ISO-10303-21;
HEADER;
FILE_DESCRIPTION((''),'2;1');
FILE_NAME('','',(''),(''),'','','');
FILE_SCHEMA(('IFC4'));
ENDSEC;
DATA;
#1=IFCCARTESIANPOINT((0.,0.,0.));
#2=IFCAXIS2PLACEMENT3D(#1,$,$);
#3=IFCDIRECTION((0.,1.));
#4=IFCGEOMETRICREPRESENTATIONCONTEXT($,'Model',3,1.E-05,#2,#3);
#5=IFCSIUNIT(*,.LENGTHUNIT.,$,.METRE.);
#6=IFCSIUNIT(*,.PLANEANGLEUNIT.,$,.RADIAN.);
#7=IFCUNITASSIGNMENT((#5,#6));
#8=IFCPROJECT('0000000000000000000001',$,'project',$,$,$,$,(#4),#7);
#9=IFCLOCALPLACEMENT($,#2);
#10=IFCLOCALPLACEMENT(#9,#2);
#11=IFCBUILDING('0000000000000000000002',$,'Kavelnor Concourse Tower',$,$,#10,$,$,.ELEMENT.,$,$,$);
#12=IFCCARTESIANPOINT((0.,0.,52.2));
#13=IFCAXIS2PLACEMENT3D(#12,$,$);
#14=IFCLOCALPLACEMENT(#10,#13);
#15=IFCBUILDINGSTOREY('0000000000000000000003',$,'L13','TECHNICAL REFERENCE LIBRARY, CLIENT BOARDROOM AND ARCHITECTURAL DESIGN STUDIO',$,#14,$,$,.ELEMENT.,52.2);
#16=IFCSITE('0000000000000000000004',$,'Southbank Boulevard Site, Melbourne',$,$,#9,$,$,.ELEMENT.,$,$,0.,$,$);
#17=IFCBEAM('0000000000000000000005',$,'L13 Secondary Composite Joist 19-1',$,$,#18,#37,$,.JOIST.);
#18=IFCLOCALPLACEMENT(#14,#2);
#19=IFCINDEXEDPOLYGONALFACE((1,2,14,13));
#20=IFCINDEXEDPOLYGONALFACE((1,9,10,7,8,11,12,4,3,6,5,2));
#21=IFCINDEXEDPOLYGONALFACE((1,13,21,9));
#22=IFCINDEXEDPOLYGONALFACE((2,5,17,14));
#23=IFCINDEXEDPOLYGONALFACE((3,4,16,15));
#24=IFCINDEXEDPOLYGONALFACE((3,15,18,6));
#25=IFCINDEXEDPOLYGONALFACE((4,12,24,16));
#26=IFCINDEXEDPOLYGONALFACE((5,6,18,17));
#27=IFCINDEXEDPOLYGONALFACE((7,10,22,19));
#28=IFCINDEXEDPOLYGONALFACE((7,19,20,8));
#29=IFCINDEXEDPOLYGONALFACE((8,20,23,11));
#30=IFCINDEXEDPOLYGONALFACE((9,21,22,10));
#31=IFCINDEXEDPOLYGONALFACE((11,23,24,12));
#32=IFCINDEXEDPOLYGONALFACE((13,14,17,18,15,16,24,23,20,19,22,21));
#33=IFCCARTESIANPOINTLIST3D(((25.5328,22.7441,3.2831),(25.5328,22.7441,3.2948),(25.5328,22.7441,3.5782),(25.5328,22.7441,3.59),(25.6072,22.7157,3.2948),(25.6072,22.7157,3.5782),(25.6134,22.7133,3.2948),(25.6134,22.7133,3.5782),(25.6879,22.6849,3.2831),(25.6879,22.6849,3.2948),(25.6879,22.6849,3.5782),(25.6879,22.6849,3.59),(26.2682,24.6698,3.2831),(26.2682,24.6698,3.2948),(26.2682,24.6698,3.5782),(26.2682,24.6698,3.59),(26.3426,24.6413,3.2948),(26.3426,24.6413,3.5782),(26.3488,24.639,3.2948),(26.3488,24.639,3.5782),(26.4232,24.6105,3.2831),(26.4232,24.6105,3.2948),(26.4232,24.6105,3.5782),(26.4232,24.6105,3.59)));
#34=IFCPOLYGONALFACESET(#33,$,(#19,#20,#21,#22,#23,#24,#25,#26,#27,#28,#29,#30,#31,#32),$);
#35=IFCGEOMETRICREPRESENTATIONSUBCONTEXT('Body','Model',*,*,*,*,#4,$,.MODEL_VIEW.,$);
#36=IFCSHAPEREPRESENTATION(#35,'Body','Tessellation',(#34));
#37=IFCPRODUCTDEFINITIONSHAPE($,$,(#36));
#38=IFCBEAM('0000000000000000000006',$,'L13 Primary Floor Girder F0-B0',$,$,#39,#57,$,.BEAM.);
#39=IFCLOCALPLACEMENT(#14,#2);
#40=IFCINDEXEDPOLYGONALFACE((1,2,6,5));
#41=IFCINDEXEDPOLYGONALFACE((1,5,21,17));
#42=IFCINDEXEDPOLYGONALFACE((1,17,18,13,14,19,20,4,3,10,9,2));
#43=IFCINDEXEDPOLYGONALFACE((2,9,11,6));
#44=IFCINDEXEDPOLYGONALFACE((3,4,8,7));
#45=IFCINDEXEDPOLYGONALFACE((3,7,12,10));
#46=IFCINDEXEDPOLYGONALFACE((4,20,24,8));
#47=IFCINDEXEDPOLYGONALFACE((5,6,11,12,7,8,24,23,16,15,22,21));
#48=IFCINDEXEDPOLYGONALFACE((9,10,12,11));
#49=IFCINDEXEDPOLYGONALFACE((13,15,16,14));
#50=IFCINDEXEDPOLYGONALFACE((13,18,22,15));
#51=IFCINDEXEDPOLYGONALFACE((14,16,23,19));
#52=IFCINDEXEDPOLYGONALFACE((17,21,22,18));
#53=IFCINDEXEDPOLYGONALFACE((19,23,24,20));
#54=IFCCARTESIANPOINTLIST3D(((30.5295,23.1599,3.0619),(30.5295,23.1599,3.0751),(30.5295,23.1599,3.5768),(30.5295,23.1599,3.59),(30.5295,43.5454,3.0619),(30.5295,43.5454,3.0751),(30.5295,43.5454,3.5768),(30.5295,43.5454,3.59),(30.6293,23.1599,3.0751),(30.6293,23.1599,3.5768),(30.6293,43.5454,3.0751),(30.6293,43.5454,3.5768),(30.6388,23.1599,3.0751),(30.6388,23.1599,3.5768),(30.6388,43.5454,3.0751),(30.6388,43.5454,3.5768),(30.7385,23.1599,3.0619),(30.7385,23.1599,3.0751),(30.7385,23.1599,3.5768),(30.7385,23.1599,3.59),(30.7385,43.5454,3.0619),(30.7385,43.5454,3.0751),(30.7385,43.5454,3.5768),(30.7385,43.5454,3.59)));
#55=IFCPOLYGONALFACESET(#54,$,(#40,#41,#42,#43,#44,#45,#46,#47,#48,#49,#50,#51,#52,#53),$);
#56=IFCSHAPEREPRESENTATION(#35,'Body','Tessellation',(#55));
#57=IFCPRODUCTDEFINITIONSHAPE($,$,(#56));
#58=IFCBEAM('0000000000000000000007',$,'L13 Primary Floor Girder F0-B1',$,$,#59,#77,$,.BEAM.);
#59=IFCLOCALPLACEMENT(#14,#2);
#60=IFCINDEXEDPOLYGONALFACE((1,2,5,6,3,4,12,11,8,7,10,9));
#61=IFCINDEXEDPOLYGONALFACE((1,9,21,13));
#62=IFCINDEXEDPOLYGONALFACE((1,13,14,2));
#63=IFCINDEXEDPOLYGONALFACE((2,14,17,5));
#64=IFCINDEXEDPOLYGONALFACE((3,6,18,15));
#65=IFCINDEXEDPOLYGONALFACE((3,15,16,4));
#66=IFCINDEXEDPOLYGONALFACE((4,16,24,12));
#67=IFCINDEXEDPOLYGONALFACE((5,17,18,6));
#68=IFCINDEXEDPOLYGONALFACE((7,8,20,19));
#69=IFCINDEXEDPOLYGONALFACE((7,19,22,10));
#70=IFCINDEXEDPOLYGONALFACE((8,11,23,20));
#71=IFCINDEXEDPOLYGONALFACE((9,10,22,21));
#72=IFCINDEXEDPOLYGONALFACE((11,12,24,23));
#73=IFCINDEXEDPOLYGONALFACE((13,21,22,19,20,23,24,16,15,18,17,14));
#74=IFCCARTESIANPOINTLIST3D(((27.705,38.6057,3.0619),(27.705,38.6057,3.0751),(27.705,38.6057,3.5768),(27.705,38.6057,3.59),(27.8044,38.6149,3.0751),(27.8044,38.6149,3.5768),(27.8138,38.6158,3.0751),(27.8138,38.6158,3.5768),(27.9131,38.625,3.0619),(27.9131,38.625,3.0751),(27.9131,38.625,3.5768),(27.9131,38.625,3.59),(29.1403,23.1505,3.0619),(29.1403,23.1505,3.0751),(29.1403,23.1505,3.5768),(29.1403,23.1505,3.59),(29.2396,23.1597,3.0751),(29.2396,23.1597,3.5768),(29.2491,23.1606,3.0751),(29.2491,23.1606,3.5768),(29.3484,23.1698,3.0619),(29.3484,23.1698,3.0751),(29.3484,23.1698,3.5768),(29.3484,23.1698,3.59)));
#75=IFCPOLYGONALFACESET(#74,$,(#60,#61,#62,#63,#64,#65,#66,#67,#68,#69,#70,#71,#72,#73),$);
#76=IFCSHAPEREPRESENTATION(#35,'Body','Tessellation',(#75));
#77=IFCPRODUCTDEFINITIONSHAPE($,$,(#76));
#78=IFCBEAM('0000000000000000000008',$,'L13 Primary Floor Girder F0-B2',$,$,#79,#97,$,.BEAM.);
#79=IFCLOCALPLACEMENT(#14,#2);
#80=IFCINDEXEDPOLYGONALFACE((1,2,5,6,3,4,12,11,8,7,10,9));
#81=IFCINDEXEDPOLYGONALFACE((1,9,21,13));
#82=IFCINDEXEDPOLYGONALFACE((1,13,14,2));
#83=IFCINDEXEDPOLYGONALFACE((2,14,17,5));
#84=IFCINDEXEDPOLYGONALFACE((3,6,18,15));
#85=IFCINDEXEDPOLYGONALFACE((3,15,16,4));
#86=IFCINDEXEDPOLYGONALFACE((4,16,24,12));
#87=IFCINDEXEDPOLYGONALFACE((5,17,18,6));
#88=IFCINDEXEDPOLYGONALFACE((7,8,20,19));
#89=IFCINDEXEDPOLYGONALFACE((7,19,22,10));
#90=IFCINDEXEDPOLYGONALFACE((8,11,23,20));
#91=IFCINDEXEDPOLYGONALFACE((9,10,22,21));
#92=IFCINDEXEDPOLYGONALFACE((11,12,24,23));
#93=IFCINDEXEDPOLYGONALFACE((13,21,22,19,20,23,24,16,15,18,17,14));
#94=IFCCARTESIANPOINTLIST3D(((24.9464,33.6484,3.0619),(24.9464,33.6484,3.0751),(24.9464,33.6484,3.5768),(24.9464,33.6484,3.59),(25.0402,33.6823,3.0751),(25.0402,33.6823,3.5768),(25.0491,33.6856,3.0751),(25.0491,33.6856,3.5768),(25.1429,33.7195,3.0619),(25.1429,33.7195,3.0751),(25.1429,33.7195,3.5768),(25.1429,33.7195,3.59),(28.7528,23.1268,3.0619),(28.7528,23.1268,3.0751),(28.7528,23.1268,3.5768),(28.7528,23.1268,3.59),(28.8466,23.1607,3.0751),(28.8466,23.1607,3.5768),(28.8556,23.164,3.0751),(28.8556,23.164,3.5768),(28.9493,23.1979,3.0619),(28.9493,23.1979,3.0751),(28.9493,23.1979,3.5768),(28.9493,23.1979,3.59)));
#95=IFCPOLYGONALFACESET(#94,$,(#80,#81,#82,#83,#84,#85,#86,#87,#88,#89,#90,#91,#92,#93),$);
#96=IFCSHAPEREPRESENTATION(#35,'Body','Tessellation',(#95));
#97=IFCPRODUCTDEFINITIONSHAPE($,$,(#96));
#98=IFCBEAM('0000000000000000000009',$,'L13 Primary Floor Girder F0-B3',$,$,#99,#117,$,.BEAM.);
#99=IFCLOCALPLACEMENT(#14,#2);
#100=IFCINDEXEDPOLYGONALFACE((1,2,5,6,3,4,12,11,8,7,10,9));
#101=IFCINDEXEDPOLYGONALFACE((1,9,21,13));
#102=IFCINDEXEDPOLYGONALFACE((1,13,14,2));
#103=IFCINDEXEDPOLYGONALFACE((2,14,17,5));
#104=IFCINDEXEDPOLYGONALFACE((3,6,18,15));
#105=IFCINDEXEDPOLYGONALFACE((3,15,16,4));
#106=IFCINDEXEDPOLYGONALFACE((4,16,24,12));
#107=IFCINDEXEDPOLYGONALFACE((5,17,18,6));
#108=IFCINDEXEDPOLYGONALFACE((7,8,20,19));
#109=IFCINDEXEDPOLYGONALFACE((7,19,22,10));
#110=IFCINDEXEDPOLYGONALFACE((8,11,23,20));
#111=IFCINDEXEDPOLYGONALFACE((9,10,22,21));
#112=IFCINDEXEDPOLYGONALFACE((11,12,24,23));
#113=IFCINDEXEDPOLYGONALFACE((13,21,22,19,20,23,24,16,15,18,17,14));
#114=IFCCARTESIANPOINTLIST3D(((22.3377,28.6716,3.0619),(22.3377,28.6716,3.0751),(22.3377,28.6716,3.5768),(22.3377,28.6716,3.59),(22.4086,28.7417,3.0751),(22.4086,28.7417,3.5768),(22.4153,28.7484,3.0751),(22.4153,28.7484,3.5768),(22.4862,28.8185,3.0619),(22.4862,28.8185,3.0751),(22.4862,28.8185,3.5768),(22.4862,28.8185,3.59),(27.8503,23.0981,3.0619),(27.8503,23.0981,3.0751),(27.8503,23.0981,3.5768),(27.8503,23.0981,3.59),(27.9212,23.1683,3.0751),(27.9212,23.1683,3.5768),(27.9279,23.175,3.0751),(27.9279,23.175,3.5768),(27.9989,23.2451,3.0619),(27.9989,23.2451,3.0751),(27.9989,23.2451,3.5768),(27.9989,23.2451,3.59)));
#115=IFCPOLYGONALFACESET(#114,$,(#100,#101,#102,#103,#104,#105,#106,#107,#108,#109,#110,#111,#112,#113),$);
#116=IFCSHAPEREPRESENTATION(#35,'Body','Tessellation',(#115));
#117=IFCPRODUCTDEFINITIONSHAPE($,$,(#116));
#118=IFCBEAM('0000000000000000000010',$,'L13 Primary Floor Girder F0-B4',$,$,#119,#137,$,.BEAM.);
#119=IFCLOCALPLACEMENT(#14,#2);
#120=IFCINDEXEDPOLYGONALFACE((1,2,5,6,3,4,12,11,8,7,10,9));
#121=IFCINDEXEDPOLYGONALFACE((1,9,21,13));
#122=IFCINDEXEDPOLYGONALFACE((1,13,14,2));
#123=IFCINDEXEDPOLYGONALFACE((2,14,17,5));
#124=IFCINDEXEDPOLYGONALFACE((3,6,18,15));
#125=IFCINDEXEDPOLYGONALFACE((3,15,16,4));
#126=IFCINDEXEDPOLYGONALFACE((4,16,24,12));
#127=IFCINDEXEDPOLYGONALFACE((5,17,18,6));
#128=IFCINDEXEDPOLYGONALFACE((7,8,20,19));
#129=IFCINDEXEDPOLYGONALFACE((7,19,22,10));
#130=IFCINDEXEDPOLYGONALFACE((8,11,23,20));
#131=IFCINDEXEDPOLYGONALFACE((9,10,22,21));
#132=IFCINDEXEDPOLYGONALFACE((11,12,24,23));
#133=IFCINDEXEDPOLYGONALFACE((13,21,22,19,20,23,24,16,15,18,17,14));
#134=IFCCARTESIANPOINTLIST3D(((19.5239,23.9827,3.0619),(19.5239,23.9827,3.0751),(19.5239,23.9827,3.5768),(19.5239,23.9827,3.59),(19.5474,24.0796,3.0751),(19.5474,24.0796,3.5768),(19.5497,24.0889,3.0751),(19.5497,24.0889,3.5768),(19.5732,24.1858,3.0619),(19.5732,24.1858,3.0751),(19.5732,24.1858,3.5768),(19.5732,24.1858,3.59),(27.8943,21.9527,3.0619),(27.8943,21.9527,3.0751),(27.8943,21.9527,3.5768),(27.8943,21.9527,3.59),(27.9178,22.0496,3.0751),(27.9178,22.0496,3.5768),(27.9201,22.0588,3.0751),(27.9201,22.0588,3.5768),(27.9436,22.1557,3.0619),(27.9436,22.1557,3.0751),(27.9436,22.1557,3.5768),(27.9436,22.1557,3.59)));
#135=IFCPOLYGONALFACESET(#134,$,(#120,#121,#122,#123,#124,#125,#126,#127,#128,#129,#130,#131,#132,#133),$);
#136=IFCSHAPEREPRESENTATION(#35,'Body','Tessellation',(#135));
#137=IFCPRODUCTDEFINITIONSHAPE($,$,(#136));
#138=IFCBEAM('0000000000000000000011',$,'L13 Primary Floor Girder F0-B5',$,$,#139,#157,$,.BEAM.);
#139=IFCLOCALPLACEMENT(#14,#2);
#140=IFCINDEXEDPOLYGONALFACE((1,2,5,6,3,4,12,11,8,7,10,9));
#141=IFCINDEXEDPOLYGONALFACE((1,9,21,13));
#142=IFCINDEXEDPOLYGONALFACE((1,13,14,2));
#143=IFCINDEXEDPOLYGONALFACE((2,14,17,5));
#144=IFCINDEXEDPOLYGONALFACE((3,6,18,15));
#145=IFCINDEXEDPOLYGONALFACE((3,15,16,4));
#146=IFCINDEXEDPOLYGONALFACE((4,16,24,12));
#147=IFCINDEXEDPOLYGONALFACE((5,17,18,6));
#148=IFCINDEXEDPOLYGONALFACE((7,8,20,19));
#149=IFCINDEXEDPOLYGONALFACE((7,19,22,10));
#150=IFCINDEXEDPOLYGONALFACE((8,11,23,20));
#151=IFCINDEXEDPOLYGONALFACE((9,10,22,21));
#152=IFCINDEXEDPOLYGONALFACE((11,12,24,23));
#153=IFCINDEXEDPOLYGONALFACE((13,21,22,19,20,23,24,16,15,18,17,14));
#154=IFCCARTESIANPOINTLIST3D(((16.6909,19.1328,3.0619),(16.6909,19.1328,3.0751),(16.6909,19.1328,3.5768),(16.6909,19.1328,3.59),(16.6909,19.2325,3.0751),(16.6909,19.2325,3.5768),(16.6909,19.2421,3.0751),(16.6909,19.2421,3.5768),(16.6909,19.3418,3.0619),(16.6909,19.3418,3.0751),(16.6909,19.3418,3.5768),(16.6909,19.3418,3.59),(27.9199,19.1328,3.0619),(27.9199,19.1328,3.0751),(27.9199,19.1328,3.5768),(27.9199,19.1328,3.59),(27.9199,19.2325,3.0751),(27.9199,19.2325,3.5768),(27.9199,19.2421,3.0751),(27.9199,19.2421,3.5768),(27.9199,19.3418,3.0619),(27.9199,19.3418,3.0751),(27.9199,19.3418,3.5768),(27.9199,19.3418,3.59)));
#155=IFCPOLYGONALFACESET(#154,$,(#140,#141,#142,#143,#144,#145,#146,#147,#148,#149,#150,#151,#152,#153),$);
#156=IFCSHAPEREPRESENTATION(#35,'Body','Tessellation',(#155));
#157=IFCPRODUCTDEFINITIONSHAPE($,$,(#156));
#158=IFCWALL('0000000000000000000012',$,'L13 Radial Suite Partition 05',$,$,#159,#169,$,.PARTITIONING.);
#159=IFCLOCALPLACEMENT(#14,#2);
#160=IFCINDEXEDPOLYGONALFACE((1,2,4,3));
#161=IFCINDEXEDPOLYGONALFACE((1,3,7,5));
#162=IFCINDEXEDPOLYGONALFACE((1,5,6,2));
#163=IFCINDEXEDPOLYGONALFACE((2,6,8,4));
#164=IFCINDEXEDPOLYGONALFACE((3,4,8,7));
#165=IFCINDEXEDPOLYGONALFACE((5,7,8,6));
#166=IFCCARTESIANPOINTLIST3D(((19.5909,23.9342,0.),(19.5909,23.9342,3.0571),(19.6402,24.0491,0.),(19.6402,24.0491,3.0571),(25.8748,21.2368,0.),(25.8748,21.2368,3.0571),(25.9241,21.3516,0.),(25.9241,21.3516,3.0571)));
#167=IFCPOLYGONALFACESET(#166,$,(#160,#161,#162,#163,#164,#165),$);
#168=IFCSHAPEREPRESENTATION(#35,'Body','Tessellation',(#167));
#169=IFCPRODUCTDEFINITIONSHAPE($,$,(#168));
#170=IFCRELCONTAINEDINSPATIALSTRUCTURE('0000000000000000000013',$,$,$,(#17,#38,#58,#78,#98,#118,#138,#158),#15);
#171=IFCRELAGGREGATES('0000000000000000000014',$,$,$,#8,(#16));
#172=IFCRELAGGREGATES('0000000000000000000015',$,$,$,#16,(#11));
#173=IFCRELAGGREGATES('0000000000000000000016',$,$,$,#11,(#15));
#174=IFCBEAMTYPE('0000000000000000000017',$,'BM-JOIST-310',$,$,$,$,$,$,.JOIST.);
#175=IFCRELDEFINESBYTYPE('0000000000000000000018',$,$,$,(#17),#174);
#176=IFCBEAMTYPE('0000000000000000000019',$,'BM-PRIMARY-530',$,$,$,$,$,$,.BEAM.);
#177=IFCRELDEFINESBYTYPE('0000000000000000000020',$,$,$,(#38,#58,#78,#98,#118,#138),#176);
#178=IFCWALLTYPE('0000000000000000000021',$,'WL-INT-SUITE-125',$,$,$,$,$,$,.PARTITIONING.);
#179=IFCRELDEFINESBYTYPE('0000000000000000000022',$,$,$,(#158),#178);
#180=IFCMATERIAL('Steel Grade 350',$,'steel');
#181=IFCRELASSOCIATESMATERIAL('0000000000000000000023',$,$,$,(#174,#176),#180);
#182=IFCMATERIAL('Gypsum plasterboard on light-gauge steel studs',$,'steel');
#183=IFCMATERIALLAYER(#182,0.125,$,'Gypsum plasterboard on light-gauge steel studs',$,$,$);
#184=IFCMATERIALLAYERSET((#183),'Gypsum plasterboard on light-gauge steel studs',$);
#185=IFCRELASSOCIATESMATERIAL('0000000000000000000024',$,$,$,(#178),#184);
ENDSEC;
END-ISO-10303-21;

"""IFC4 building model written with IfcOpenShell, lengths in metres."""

from ifc_helpers import new_model, si_unit, direction, frame, frame_2d, origin, origin_2d, place, context, subcontext, project, spatial, rectangle, i_section, extrude, material, layer, layer_set, material_profile, profile_set, type_object, element, save


model = new_model("IFC4")

# Units and contexts
model_context = context("Model", 3, precision=1e-05, world=origin(), true_north=direction((0.0, 1.0)))
body_context = subcontext(model_context, "Body", "Model", "MODEL_VIEW")
ifc_project = project(units=[si_unit("LENGTHUNIT", "METRE"), si_unit("PLANEANGLEUNIT", "RADIAN")], contexts=[model_context])

# Site, building, storey
site_placement = place(None, origin())
site = spatial("IfcSite", under=ifc_project, at=site_placement, Name="Southbank Boulevard Site, Melbourne", CompositionType="ELEMENT", RefElevation=0.0)
building_placement = place(site_placement, origin())
building = spatial("IfcBuilding", under=site, at=building_placement, Name="Kavelnor Concourse Tower", CompositionType="ELEMENT")
storey_placement = place(building_placement, frame((0.0, 0.0, 52.2)))
storey = spatial("IfcBuildingStorey", under=building, at=storey_placement, Name="L13", Description="TECHNICAL REFERENCE LIBRARY, CLIENT BOARDROOM AND ARCHITECTURAL DESIGN STUDIO", CompositionType="ELEMENT", Elevation=52.2)

# Beams
ifc_material_1 = material(Name="Steel Grade 350", Category="steel")
ifc_material_profile_1 = material_profile(ifc_material_1, i_section(OverallWidth=0.166, OverallDepth=0.3069, WebThickness=0.0066, FlangeThickness=0.0117, at=origin_2d()), Name="310UB46")
ifc_profile_set_1 = profile_set([ifc_material_profile_1], Name="Steel Grade 350")
beam_type_1 = type_object("IfcBeamType", Name="BM-JOIST-310", PredefinedType="JOIST", material=ifc_profile_set_1)
beam_1_placement = place(storey_placement, frame((26.3457, 24.6401, 3.4365), z_axis=(-0.356764, -0.934195, 0.0), x_axis=(0.934195, -0.356764, 0.0)))
element("IfcBeam", 1, at=beam_1_placement, inside=storey, type_object=beam_type_1, Name="L13 Secondary Composite Joist 19-1", PredefinedType="JOIST", context=body_context, shape_type="SweptSolid", body=[
    extrude(i_section(OverallWidth=0.166, OverallDepth=0.3069, WebThickness=0.0066, FlangeThickness=0.0117, at=origin_2d()), origin(), (0.0, 0.0, 1.0), 2.0613),
])
ifc_material_profile_2 = material_profile(ifc_material_1, i_section(OverallWidth=0.209, OverallDepth=0.5281, WebThickness=0.0095, FlangeThickness=0.0132, at=origin_2d()), Name="530UB82")
ifc_profile_set_2 = profile_set([ifc_material_profile_2], Name="Steel Grade 350")
beam_type_2 = type_object("IfcBeamType", Name="BM-PRIMARY-530", PredefinedType="BEAM", material=ifc_profile_set_2)
beam_2_placement = place(storey_placement, frame((30.634, 23.1599, 3.3259), z_axis=(0.0, 1.0, 0.0), x_axis=(-1.0, 0.0, 0.0)))
element("IfcBeam", 2, at=beam_2_placement, inside=storey, type_object=beam_type_2, Name="L13 Primary Floor Girder F0-B0", PredefinedType="BEAM", context=body_context, shape_type="SweptSolid", body=[
    extrude(i_section(OverallWidth=0.209, OverallDepth=0.5281, WebThickness=0.0095, FlangeThickness=0.0132, at=origin_2d()), origin(), (0.0, 0.0, 1.0), 20.3855),
])
beam_3_placement = place(storey_placement, frame((29.2444, 23.1602, 3.3259), z_axis=(-0.09247, 0.995715, 0.0), x_axis=(-0.995715, -0.09247, 0.0)))
element("IfcBeam", 3, at=beam_3_placement, inside=storey, type_object=beam_type_2, Name="L13 Primary Floor Girder F0-B1", PredefinedType="BEAM", context=body_context, shape_type="SweptSolid", body=[
    extrude(i_section(OverallWidth=0.209, OverallDepth=0.5281, WebThickness=0.0095, FlangeThickness=0.0132, at=origin_2d()), origin(), (0.0, 0.0, 1.0), 15.5217),
])
beam_4_placement = place(storey_placement, frame((28.8511, 23.1624, 3.3259), z_axis=(-0.340196, 0.940355, 0.0), x_axis=(-0.940355, -0.340196, 0.0)))
element("IfcBeam", 4, at=beam_4_placement, inside=storey, type_object=beam_type_2, Name="L13 Primary Floor Girder F0-B2", PredefinedType="BEAM", context=body_context, shape_type="SweptSolid", body=[
    extrude(i_section(OverallWidth=0.209, OverallDepth=0.5281, WebThickness=0.0095, FlangeThickness=0.0132, at=origin_2d()), origin(), (0.0, 0.0, 1.0), 11.189),
])
beam_5_placement = place(storey_placement, frame((27.9246, 23.1716, 3.3259), z_axis=(-0.703219, 0.710974, 0.0), x_axis=(-0.710974, -0.703219, 0.0)))
element("IfcBeam", 5, at=beam_5_placement, inside=storey, type_object=beam_type_2, Name="L13 Primary Floor Girder F0-B3", PredefinedType="BEAM", context=body_context, shape_type="SweptSolid", body=[
    extrude(i_section(OverallWidth=0.209, OverallDepth=0.5281, WebThickness=0.0095, FlangeThickness=0.0132, at=origin_2d()), origin(), (0.0, 0.0, 1.0), 7.8391),
])
beam_6_placement = place(storey_placement, frame((27.9189, 22.0542, 3.3259), z_axis=(-0.971827, 0.235693, 0.0), x_axis=(-0.235693, -0.971827, 0.0)))
element("IfcBeam", 6, at=beam_6_placement, inside=storey, type_object=beam_type_2, Name="L13 Primary Floor Girder F0-B4", PredefinedType="BEAM", context=body_context, shape_type="SweptSolid", body=[
    extrude(i_section(OverallWidth=0.209, OverallDepth=0.5281, WebThickness=0.0095, FlangeThickness=0.0132, at=origin_2d()), origin(), (0.0, 0.0, 1.0), 8.613),
])
beam_7_placement = place(storey_placement, frame((27.9199, 19.2373, 3.3259), z_axis=(-1.0, 0.0, 0.0), x_axis=(0.0, -1.0, 0.0)))
element("IfcBeam", 7, at=beam_7_placement, inside=storey, type_object=beam_type_2, Name="L13 Primary Floor Girder F0-B5", PredefinedType="BEAM", context=body_context, shape_type="SweptSolid", body=[
    extrude(i_section(OverallWidth=0.209, OverallDepth=0.5281, WebThickness=0.0095, FlangeThickness=0.0132, at=origin_2d()), origin(), (0.0, 0.0, 1.0), 11.229),
])

# Wall
ifc_material_2 = material(Name="Gypsum plasterboard on light-gauge steel studs", Category="steel")
ifc_layer_1 = layer(ifc_material_2, 0.125, Name="Gypsum plasterboard on light-gauge steel studs")
ifc_layer_set_1 = layer_set([ifc_layer_1], Name="Gypsum plasterboard on light-gauge steel studs")
wall_type_1 = type_object("IfcWallType", Name="WL-INT-SUITE-125", PredefinedType="PARTITIONING", material=ifc_layer_set_1)
wall_1_placement = place(storey_placement, frame((25.8994, 21.2942, 0.0), z_axis=(0.0, 0.0, 1.0), x_axis=(-0.918912, 0.394462, 0.0)))
element("IfcWall", 8, at=wall_1_placement, inside=storey, type_object=wall_type_1, Name="L13 Radial Suite Partition 05", PredefinedType="PARTITIONING", context=body_context, shape_type="SweptSolid", body=[
    extrude(rectangle(XDim=6.8384, YDim=0.125, at=frame_2d((3.4192, 0.0))), origin(), (0.0, 0.0, 1.0), 3.0571),
])

save(model, "model.ifc")
